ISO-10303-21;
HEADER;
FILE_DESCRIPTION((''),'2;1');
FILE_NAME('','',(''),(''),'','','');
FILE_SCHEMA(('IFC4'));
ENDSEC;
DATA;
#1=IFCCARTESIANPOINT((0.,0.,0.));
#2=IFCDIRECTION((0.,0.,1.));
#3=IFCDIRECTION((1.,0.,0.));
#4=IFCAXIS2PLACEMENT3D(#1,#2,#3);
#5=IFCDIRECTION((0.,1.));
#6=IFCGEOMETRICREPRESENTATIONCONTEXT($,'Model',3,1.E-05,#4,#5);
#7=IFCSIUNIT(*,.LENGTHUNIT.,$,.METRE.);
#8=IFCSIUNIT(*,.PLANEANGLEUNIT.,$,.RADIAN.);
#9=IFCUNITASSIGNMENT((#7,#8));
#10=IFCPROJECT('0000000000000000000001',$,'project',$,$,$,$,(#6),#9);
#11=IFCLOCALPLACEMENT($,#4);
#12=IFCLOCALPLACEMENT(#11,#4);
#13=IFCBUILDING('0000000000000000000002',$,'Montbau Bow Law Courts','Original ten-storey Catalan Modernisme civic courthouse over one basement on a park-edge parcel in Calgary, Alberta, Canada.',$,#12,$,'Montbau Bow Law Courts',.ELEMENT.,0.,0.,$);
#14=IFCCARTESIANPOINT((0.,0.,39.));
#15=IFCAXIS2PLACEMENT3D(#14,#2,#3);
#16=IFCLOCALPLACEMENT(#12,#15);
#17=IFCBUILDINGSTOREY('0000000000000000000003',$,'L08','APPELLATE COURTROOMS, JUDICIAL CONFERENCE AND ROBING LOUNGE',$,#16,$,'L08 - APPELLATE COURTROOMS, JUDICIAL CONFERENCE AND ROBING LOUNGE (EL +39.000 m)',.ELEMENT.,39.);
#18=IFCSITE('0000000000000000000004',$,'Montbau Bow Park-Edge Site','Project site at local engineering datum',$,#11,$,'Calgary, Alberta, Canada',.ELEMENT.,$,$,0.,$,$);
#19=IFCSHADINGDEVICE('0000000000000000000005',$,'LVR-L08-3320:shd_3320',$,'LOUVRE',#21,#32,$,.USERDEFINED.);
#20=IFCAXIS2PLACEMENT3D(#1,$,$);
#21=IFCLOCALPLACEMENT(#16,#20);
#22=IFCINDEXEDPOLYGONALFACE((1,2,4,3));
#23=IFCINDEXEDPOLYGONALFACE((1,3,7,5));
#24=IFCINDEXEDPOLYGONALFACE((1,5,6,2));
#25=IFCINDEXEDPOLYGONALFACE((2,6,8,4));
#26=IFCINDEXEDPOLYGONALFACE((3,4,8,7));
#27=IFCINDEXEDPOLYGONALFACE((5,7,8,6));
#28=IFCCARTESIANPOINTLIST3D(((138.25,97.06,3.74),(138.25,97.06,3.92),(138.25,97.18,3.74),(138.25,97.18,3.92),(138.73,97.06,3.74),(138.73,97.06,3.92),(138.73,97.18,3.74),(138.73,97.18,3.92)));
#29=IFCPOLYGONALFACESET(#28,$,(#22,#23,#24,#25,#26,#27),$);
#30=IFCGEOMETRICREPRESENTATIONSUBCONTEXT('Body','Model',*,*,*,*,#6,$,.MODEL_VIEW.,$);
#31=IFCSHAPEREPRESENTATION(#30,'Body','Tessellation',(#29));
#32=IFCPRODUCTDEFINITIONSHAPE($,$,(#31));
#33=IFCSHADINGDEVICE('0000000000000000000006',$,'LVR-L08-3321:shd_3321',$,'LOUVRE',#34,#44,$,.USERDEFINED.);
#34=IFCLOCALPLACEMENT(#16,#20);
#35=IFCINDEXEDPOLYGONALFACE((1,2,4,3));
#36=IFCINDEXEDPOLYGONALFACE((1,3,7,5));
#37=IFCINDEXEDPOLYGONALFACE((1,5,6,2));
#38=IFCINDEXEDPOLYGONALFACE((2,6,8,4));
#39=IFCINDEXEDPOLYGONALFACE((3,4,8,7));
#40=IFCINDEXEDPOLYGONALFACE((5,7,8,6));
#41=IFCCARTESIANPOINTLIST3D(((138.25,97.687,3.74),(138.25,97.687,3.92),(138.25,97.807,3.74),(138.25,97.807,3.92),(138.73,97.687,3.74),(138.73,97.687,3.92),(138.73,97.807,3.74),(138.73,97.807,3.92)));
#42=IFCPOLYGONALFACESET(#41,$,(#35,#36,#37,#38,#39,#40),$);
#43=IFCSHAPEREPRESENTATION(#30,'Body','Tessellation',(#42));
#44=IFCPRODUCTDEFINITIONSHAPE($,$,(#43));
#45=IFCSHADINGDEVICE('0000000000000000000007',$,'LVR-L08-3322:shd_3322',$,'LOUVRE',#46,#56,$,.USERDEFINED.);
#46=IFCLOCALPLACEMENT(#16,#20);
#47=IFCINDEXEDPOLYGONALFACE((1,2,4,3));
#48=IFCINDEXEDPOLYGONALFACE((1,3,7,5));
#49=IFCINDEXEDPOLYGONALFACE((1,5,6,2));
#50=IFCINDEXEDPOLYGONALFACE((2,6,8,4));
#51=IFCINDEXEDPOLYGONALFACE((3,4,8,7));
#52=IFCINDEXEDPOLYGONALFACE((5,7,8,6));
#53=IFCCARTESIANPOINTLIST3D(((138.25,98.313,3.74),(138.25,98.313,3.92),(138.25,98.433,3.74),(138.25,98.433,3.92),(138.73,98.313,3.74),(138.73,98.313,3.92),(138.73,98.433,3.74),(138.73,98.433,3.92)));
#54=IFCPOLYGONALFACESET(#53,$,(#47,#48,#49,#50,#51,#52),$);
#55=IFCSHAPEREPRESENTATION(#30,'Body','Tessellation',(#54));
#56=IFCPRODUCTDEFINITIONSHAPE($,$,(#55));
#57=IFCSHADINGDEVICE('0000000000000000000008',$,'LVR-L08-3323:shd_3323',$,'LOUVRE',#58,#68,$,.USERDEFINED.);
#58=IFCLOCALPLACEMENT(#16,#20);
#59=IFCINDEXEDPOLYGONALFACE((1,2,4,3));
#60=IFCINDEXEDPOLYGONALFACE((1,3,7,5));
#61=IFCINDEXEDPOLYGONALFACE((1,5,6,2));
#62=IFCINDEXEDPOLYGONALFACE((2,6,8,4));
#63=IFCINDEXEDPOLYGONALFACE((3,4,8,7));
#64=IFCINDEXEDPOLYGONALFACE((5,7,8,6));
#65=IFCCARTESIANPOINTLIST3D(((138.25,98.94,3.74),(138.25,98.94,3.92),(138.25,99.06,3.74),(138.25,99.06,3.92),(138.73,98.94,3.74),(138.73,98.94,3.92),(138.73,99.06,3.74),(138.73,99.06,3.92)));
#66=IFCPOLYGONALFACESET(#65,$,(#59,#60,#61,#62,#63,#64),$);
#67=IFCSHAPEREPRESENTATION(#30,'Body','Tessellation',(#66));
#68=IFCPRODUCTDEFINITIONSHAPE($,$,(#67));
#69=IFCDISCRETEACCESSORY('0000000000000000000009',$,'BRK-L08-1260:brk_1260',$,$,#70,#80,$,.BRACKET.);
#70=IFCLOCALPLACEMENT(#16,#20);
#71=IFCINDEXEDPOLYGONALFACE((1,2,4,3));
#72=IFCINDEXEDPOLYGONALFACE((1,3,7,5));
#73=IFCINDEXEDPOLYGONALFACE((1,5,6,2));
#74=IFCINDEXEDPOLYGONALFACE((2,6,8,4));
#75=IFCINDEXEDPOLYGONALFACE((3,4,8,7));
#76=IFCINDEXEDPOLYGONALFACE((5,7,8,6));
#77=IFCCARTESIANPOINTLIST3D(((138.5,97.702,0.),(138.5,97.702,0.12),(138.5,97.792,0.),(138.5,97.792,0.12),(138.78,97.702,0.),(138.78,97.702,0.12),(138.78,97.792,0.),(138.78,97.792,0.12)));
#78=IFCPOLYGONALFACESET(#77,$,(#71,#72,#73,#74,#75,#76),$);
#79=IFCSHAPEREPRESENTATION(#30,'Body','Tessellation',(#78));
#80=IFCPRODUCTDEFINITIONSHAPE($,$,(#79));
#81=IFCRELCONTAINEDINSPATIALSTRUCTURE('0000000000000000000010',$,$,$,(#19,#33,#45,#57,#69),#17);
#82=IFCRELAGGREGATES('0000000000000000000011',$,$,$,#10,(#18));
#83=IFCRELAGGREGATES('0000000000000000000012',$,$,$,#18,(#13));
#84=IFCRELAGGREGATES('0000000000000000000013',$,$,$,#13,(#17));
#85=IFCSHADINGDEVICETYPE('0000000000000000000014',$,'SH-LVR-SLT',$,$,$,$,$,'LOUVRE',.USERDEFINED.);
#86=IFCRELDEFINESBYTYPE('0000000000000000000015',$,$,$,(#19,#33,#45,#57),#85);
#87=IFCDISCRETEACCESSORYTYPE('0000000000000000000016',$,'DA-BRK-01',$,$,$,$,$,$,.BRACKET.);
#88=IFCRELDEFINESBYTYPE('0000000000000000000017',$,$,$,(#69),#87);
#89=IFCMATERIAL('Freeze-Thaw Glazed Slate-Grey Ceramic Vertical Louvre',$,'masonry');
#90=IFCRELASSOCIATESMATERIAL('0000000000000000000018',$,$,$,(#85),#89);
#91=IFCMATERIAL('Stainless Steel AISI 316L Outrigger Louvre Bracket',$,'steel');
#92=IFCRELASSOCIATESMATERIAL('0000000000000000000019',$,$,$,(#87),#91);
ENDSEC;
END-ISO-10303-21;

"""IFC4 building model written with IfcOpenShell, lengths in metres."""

from ifc_helpers import new_model, si_unit, direction, frame, origin_with_axes, origin_2d_with_axis, place, context, subcontext, project, spatial, rectangle, extrude, material, type_object, element, save


model = new_model("IFC4")

# Units and contexts
model_context = context("Model", 3, precision=1e-05, world=origin_with_axes(), true_north=direction((0.0, 1.0)))
body_context = subcontext(model_context, "Body", "Model", "MODEL_VIEW")
ifc_project = project(units=[si_unit("LENGTHUNIT", "METRE"), si_unit("PLANEANGLEUNIT", "RADIAN")], contexts=[model_context])

# Site, building, storey
site_placement = place(None, origin_with_axes())
site = spatial("IfcSite", under=ifc_project, at=site_placement, Name="Montbau Bow Park-Edge Site", Description="Project site at local engineering datum", LongName="Calgary, Alberta, Canada", CompositionType="ELEMENT", RefElevation=0.0)
building_placement = place(site_placement, origin_with_axes())
building = spatial("IfcBuilding", under=site, at=building_placement, Name="Montbau Bow Law Courts", Description="Original ten-storey Catalan Modernisme civic courthouse over one basement on a park-edge parcel in Calgary, Alberta, Canada.", LongName="Montbau Bow Law Courts", CompositionType="ELEMENT", ElevationOfRefHeight=0.0, ElevationOfTerrain=0.0)
storey_placement = place(building_placement, frame((0.0, 0.0, 39.0), z_axis=(0.0, 0.0, 1.0), x_axis=(1.0, 0.0, 0.0)))
storey = spatial("IfcBuildingStorey", under=building, at=storey_placement, Name="L08", Description="APPELLATE COURTROOMS, JUDICIAL CONFERENCE AND ROBING LOUNGE", LongName="L08 - APPELLATE COURTROOMS, JUDICIAL CONFERENCE AND ROBING LOUNGE (EL +39.000 m)", CompositionType="ELEMENT", Elevation=39.0)

# Shared definitions
ifc_material_1 = material(Name="Freeze-Thaw Glazed Slate-Grey Ceramic Vertical Louvre", Category="masonry")

# Shading devices
shading_device_type = type_object("IfcShadingDeviceType", Name="SH-LVR-SLT", ElementType="LOUVRE", PredefinedType="USERDEFINED", material=ifc_material_1)
for number, where, z_axis, x_axis, name in (
    (1, (138.49, 97.12, 42.74), (0.0, 0.0, 1.0), (-1.0, 0.0, 0.0), "LVR-L08-3320:shd_3320"),
    (2, (138.49, 97.747, 42.74), (0.0, 0.0, 1.0), (-1.0, 0.0, 0.0), "LVR-L08-3321:shd_3321"),
    (3, (138.49, 98.373, 42.74), (0.0, 0.0, 1.0), (-1.0, 0.0, 0.0), "LVR-L08-3322:shd_3322"),
    (4, (138.49, 99.0, 42.74), (0.0, 0.0, 1.0), (-1.0, 0.0, 0.0), "LVR-L08-3323:shd_3323"),
):
    element("IfcShadingDevice", number, at=place(None, frame(where, z_axis=z_axis, x_axis=x_axis)), inside=storey, type_object=shading_device_type, Name=name, ObjectType="LOUVRE", PredefinedType="USERDEFINED", context=body_context, shape_type="SweptSolid", body=[
        extrude(rectangle(XDim=0.48, YDim=0.12, at=origin_2d_with_axis()), origin_with_axes(), (0.0, 0.0, 1.0), 0.18),
    ])

# Discrete accessory
ifc_material_2 = material(Name="Stainless Steel AISI 316L Outrigger Louvre Bracket", Category="steel")
discrete_accessory_type = type_object("IfcDiscreteAccessoryType", Name="DA-BRK-01", PredefinedType="BRACKET", material=ifc_material_2)
discrete_accessory_placement = place(None, frame((138.64, 97.747, 39.0), z_axis=(0.0, 0.0, 1.0), x_axis=(-1.0, 0.0, 0.0)))
element("IfcDiscreteAccessory", 5, at=discrete_accessory_placement, inside=storey, type_object=discrete_accessory_type, Name="BRK-L08-1260:brk_1260", PredefinedType="BRACKET", context=body_context, shape_type="SweptSolid", body=[
    extrude(rectangle(XDim=0.28, YDim=0.09, at=origin_2d_with_axis()), origin_with_axes(), (0.0, 0.0, 1.0), 0.12),
])

save(model, "model.ifc")
